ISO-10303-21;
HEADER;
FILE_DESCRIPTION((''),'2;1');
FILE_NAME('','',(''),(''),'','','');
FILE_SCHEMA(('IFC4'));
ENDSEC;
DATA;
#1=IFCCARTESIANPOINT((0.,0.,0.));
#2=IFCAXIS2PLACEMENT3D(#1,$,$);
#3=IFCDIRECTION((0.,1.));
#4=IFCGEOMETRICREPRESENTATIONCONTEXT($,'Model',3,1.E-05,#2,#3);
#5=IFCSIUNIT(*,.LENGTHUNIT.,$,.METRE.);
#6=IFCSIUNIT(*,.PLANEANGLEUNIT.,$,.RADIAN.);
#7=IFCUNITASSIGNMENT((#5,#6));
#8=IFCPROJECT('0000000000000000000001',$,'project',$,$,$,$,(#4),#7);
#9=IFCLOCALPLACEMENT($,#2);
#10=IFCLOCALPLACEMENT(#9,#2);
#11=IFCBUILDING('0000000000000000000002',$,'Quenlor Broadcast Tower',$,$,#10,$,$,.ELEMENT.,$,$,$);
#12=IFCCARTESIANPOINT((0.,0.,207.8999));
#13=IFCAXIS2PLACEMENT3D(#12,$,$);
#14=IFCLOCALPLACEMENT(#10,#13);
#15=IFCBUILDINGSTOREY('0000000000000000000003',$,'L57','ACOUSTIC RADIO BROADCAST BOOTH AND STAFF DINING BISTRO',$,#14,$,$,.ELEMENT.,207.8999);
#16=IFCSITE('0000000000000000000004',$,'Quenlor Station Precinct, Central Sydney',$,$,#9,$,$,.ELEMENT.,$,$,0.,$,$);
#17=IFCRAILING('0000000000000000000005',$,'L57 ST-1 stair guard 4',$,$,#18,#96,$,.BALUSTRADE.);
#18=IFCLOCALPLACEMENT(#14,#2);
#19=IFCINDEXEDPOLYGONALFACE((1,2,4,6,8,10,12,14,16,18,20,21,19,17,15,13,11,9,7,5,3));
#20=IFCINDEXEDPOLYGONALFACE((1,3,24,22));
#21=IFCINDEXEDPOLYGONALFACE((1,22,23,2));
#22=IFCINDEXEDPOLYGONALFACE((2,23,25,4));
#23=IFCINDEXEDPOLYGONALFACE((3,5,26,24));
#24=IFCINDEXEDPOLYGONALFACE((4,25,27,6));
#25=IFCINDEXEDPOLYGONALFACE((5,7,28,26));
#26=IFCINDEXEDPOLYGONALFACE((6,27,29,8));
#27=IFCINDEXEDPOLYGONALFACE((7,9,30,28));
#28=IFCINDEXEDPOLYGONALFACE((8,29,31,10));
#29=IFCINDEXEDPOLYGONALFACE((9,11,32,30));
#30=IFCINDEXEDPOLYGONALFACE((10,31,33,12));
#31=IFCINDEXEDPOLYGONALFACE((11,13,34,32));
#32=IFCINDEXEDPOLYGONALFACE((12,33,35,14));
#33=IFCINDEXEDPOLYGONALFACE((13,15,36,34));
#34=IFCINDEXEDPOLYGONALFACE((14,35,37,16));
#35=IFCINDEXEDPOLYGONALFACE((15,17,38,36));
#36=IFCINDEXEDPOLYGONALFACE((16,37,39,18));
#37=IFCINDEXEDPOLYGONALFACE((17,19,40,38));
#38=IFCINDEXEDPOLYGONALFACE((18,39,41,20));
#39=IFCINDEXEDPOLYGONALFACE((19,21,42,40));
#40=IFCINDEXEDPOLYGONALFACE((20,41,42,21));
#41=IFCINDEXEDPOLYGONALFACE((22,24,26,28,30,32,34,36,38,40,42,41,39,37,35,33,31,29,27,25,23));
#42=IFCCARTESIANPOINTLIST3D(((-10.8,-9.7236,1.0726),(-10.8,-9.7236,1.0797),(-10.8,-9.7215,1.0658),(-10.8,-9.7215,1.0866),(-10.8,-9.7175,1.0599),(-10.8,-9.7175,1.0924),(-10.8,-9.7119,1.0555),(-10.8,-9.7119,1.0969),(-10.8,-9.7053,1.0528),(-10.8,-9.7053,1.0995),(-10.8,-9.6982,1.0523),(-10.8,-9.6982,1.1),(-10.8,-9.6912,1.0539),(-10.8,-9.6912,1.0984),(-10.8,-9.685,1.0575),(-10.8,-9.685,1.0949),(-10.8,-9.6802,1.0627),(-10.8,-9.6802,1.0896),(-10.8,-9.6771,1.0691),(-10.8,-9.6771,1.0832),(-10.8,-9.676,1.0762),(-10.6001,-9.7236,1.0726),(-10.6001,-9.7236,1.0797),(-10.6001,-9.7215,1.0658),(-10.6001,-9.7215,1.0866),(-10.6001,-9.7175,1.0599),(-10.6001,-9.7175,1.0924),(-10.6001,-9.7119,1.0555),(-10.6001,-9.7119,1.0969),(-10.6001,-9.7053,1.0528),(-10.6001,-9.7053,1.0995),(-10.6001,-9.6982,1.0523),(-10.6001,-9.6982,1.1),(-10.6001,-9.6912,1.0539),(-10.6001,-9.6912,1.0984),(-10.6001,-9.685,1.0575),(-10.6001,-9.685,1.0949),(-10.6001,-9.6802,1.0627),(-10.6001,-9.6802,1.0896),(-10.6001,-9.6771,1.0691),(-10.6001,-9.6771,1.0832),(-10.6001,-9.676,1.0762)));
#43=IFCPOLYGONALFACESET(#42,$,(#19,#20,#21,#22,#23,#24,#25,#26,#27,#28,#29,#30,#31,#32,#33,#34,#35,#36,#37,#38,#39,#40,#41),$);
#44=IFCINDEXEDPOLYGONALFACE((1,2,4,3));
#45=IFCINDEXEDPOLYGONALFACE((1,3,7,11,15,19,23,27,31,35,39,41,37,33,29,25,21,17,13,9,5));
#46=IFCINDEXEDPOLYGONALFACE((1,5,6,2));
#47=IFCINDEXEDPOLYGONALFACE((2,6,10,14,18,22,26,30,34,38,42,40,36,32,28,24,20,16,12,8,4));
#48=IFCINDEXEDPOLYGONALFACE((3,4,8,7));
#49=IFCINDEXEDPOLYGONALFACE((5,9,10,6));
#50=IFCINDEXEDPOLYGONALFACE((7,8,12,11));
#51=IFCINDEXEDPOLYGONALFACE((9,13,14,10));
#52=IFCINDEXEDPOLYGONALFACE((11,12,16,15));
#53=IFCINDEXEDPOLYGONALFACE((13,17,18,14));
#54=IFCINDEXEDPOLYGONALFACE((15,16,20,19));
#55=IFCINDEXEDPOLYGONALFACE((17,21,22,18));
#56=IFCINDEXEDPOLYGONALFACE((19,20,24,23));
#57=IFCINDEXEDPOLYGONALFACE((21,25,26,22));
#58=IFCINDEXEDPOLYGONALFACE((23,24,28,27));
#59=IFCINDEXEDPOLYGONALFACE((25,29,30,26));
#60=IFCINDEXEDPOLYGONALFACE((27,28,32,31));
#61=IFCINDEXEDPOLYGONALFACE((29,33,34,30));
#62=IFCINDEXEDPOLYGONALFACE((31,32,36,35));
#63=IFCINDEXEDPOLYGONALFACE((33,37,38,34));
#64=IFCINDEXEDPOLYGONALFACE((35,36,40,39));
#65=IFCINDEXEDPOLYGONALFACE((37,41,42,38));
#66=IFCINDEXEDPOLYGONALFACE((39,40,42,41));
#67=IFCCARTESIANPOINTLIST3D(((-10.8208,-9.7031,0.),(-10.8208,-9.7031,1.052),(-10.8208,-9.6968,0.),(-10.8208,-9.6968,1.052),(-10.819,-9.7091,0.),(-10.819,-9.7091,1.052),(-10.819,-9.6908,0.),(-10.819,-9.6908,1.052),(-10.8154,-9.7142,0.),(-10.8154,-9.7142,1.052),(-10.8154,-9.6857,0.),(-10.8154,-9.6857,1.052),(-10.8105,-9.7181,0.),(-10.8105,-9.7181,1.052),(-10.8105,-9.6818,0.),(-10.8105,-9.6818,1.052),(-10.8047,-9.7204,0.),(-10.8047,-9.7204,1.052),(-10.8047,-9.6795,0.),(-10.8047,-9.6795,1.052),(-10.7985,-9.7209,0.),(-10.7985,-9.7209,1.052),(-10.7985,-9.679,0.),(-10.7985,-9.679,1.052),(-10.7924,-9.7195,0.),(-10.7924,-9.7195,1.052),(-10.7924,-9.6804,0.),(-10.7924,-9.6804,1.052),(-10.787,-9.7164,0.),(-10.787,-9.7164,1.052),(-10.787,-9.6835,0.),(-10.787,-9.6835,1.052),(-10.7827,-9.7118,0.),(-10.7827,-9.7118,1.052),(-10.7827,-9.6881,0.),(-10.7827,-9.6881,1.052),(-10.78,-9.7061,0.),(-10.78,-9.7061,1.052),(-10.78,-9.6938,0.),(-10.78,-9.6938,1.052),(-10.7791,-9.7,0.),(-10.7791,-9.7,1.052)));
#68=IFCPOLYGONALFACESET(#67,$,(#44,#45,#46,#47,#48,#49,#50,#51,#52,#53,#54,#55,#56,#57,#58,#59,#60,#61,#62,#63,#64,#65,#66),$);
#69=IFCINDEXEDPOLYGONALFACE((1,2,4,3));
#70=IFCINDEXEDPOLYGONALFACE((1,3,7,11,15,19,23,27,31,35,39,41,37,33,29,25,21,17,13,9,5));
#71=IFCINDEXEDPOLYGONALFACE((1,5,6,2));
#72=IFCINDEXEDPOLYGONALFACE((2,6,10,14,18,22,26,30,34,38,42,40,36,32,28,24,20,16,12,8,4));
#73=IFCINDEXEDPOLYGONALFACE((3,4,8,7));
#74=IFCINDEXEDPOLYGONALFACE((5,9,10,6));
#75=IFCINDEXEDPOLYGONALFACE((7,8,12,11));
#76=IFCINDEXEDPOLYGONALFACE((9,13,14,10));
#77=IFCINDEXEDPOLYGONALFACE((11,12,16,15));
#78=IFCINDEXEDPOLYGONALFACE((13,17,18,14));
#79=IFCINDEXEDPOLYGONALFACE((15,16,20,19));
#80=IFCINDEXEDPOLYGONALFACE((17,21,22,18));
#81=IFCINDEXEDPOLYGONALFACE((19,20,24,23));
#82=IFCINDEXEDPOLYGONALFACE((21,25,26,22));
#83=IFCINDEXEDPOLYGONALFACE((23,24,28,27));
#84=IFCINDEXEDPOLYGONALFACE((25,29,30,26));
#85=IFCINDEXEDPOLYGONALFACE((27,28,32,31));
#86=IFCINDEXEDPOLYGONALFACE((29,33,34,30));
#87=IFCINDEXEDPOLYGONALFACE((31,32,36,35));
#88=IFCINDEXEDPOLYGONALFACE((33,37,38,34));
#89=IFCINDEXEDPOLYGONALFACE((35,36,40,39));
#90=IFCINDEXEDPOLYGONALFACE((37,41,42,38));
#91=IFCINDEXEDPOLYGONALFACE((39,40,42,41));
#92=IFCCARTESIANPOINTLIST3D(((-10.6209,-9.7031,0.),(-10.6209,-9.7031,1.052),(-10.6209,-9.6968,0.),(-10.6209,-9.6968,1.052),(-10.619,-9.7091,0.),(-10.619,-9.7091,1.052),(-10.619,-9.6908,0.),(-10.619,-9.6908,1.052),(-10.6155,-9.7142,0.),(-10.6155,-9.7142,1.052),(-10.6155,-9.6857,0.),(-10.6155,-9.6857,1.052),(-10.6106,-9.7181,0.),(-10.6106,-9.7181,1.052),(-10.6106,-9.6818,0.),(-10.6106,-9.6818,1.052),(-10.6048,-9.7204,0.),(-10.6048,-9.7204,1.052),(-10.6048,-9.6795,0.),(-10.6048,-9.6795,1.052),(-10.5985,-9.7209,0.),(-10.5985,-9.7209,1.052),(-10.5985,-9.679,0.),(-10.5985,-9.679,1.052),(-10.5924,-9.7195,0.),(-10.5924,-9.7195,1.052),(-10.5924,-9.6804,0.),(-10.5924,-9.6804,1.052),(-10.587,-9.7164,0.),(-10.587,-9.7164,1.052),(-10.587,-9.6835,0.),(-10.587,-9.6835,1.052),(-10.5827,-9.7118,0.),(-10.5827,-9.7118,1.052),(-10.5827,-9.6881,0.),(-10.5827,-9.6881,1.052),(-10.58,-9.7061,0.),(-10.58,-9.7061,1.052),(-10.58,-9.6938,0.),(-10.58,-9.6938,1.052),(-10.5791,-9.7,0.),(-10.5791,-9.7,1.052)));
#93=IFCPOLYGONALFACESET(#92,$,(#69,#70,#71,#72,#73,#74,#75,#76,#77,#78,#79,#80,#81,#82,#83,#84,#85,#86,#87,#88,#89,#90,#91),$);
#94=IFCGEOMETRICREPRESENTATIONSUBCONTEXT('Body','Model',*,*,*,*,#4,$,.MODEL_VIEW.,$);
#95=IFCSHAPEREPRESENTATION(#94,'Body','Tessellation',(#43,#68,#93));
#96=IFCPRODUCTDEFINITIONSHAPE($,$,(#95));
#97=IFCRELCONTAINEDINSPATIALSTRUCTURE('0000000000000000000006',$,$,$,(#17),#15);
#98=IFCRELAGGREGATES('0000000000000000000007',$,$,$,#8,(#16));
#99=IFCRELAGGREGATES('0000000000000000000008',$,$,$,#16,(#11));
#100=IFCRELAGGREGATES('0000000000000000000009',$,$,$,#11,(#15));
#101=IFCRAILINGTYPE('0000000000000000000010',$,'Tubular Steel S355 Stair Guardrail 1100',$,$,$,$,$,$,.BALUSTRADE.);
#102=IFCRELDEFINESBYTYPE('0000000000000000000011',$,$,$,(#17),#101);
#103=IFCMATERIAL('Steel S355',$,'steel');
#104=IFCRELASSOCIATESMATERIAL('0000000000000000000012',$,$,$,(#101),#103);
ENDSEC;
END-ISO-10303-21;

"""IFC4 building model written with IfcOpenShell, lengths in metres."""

from ifc_helpers import new_model, si_unit, direction, frame, origin, origin_2d, place, context, subcontext, project, spatial, circle, extrude, material, type_object, element, save


model = new_model("IFC4")

# Units and contexts
model_context = context("Model", 3, precision=1e-05, world=origin(), true_north=direction((0.0, 1.0)))
body_context = subcontext(model_context, "Body", "Model", "MODEL_VIEW")
ifc_project = project(units=[si_unit("LENGTHUNIT", "METRE"), si_unit("PLANEANGLEUNIT", "RADIAN")], contexts=[model_context])

# Site, building, storey
site_placement = place(None, origin())
site = spatial("IfcSite", under=ifc_project, at=site_placement, Name="Quenlor Station Precinct, Central Sydney", CompositionType="ELEMENT", RefElevation=0.0)
building_placement = place(site_placement, origin())
building = spatial("IfcBuilding", under=site, at=building_placement, Name="Quenlor Broadcast Tower", CompositionType="ELEMENT")
storey_placement = place(building_placement, frame((0.0, 0.0, 207.8999)))
storey = spatial("IfcBuildingStorey", under=building, at=storey_placement, Name="L57", Description="ACOUSTIC RADIO BROADCAST BOOTH AND STAFF DINING BISTRO", CompositionType="ELEMENT", Elevation=207.8999)

# Railing
ifc_material_1 = material(Name="Steel S355", Category="steel")
railing_type = type_object("IfcRailingType", Name="Tubular Steel S355 Stair Guardrail 1100", PredefinedType="BALUSTRADE", material=ifc_material_1)
railing_1_placement = place(storey_placement, frame((-10.8, -9.7, 0.0)))
element("IfcRailing", 1, at=railing_1_placement, inside=storey, type_object=railing_type, Name="L57 ST-1 stair guard 4", PredefinedType="BALUSTRADE", context=body_context, shape_type="SweptSolid", body=[
    extrude(circle(Radius=0.0239, at=origin_2d()), frame((0.0, 0.0, 1.0762), z_axis=(1.0, 0.0, 0.0), x_axis=(0.0, 1.0, 0.0)), (0.0, 0.0, 1.0), 0.2),
    extrude(circle(Radius=0.021, at=origin_2d()), origin(), (0.0, 0.0, 1.0), 1.052),
    extrude(circle(Radius=0.021, at=origin_2d()), frame((0.2, 0.0, 0.0)), (0.0, 0.0, 1.0), 1.052),
])

save(model, "model.ifc")
